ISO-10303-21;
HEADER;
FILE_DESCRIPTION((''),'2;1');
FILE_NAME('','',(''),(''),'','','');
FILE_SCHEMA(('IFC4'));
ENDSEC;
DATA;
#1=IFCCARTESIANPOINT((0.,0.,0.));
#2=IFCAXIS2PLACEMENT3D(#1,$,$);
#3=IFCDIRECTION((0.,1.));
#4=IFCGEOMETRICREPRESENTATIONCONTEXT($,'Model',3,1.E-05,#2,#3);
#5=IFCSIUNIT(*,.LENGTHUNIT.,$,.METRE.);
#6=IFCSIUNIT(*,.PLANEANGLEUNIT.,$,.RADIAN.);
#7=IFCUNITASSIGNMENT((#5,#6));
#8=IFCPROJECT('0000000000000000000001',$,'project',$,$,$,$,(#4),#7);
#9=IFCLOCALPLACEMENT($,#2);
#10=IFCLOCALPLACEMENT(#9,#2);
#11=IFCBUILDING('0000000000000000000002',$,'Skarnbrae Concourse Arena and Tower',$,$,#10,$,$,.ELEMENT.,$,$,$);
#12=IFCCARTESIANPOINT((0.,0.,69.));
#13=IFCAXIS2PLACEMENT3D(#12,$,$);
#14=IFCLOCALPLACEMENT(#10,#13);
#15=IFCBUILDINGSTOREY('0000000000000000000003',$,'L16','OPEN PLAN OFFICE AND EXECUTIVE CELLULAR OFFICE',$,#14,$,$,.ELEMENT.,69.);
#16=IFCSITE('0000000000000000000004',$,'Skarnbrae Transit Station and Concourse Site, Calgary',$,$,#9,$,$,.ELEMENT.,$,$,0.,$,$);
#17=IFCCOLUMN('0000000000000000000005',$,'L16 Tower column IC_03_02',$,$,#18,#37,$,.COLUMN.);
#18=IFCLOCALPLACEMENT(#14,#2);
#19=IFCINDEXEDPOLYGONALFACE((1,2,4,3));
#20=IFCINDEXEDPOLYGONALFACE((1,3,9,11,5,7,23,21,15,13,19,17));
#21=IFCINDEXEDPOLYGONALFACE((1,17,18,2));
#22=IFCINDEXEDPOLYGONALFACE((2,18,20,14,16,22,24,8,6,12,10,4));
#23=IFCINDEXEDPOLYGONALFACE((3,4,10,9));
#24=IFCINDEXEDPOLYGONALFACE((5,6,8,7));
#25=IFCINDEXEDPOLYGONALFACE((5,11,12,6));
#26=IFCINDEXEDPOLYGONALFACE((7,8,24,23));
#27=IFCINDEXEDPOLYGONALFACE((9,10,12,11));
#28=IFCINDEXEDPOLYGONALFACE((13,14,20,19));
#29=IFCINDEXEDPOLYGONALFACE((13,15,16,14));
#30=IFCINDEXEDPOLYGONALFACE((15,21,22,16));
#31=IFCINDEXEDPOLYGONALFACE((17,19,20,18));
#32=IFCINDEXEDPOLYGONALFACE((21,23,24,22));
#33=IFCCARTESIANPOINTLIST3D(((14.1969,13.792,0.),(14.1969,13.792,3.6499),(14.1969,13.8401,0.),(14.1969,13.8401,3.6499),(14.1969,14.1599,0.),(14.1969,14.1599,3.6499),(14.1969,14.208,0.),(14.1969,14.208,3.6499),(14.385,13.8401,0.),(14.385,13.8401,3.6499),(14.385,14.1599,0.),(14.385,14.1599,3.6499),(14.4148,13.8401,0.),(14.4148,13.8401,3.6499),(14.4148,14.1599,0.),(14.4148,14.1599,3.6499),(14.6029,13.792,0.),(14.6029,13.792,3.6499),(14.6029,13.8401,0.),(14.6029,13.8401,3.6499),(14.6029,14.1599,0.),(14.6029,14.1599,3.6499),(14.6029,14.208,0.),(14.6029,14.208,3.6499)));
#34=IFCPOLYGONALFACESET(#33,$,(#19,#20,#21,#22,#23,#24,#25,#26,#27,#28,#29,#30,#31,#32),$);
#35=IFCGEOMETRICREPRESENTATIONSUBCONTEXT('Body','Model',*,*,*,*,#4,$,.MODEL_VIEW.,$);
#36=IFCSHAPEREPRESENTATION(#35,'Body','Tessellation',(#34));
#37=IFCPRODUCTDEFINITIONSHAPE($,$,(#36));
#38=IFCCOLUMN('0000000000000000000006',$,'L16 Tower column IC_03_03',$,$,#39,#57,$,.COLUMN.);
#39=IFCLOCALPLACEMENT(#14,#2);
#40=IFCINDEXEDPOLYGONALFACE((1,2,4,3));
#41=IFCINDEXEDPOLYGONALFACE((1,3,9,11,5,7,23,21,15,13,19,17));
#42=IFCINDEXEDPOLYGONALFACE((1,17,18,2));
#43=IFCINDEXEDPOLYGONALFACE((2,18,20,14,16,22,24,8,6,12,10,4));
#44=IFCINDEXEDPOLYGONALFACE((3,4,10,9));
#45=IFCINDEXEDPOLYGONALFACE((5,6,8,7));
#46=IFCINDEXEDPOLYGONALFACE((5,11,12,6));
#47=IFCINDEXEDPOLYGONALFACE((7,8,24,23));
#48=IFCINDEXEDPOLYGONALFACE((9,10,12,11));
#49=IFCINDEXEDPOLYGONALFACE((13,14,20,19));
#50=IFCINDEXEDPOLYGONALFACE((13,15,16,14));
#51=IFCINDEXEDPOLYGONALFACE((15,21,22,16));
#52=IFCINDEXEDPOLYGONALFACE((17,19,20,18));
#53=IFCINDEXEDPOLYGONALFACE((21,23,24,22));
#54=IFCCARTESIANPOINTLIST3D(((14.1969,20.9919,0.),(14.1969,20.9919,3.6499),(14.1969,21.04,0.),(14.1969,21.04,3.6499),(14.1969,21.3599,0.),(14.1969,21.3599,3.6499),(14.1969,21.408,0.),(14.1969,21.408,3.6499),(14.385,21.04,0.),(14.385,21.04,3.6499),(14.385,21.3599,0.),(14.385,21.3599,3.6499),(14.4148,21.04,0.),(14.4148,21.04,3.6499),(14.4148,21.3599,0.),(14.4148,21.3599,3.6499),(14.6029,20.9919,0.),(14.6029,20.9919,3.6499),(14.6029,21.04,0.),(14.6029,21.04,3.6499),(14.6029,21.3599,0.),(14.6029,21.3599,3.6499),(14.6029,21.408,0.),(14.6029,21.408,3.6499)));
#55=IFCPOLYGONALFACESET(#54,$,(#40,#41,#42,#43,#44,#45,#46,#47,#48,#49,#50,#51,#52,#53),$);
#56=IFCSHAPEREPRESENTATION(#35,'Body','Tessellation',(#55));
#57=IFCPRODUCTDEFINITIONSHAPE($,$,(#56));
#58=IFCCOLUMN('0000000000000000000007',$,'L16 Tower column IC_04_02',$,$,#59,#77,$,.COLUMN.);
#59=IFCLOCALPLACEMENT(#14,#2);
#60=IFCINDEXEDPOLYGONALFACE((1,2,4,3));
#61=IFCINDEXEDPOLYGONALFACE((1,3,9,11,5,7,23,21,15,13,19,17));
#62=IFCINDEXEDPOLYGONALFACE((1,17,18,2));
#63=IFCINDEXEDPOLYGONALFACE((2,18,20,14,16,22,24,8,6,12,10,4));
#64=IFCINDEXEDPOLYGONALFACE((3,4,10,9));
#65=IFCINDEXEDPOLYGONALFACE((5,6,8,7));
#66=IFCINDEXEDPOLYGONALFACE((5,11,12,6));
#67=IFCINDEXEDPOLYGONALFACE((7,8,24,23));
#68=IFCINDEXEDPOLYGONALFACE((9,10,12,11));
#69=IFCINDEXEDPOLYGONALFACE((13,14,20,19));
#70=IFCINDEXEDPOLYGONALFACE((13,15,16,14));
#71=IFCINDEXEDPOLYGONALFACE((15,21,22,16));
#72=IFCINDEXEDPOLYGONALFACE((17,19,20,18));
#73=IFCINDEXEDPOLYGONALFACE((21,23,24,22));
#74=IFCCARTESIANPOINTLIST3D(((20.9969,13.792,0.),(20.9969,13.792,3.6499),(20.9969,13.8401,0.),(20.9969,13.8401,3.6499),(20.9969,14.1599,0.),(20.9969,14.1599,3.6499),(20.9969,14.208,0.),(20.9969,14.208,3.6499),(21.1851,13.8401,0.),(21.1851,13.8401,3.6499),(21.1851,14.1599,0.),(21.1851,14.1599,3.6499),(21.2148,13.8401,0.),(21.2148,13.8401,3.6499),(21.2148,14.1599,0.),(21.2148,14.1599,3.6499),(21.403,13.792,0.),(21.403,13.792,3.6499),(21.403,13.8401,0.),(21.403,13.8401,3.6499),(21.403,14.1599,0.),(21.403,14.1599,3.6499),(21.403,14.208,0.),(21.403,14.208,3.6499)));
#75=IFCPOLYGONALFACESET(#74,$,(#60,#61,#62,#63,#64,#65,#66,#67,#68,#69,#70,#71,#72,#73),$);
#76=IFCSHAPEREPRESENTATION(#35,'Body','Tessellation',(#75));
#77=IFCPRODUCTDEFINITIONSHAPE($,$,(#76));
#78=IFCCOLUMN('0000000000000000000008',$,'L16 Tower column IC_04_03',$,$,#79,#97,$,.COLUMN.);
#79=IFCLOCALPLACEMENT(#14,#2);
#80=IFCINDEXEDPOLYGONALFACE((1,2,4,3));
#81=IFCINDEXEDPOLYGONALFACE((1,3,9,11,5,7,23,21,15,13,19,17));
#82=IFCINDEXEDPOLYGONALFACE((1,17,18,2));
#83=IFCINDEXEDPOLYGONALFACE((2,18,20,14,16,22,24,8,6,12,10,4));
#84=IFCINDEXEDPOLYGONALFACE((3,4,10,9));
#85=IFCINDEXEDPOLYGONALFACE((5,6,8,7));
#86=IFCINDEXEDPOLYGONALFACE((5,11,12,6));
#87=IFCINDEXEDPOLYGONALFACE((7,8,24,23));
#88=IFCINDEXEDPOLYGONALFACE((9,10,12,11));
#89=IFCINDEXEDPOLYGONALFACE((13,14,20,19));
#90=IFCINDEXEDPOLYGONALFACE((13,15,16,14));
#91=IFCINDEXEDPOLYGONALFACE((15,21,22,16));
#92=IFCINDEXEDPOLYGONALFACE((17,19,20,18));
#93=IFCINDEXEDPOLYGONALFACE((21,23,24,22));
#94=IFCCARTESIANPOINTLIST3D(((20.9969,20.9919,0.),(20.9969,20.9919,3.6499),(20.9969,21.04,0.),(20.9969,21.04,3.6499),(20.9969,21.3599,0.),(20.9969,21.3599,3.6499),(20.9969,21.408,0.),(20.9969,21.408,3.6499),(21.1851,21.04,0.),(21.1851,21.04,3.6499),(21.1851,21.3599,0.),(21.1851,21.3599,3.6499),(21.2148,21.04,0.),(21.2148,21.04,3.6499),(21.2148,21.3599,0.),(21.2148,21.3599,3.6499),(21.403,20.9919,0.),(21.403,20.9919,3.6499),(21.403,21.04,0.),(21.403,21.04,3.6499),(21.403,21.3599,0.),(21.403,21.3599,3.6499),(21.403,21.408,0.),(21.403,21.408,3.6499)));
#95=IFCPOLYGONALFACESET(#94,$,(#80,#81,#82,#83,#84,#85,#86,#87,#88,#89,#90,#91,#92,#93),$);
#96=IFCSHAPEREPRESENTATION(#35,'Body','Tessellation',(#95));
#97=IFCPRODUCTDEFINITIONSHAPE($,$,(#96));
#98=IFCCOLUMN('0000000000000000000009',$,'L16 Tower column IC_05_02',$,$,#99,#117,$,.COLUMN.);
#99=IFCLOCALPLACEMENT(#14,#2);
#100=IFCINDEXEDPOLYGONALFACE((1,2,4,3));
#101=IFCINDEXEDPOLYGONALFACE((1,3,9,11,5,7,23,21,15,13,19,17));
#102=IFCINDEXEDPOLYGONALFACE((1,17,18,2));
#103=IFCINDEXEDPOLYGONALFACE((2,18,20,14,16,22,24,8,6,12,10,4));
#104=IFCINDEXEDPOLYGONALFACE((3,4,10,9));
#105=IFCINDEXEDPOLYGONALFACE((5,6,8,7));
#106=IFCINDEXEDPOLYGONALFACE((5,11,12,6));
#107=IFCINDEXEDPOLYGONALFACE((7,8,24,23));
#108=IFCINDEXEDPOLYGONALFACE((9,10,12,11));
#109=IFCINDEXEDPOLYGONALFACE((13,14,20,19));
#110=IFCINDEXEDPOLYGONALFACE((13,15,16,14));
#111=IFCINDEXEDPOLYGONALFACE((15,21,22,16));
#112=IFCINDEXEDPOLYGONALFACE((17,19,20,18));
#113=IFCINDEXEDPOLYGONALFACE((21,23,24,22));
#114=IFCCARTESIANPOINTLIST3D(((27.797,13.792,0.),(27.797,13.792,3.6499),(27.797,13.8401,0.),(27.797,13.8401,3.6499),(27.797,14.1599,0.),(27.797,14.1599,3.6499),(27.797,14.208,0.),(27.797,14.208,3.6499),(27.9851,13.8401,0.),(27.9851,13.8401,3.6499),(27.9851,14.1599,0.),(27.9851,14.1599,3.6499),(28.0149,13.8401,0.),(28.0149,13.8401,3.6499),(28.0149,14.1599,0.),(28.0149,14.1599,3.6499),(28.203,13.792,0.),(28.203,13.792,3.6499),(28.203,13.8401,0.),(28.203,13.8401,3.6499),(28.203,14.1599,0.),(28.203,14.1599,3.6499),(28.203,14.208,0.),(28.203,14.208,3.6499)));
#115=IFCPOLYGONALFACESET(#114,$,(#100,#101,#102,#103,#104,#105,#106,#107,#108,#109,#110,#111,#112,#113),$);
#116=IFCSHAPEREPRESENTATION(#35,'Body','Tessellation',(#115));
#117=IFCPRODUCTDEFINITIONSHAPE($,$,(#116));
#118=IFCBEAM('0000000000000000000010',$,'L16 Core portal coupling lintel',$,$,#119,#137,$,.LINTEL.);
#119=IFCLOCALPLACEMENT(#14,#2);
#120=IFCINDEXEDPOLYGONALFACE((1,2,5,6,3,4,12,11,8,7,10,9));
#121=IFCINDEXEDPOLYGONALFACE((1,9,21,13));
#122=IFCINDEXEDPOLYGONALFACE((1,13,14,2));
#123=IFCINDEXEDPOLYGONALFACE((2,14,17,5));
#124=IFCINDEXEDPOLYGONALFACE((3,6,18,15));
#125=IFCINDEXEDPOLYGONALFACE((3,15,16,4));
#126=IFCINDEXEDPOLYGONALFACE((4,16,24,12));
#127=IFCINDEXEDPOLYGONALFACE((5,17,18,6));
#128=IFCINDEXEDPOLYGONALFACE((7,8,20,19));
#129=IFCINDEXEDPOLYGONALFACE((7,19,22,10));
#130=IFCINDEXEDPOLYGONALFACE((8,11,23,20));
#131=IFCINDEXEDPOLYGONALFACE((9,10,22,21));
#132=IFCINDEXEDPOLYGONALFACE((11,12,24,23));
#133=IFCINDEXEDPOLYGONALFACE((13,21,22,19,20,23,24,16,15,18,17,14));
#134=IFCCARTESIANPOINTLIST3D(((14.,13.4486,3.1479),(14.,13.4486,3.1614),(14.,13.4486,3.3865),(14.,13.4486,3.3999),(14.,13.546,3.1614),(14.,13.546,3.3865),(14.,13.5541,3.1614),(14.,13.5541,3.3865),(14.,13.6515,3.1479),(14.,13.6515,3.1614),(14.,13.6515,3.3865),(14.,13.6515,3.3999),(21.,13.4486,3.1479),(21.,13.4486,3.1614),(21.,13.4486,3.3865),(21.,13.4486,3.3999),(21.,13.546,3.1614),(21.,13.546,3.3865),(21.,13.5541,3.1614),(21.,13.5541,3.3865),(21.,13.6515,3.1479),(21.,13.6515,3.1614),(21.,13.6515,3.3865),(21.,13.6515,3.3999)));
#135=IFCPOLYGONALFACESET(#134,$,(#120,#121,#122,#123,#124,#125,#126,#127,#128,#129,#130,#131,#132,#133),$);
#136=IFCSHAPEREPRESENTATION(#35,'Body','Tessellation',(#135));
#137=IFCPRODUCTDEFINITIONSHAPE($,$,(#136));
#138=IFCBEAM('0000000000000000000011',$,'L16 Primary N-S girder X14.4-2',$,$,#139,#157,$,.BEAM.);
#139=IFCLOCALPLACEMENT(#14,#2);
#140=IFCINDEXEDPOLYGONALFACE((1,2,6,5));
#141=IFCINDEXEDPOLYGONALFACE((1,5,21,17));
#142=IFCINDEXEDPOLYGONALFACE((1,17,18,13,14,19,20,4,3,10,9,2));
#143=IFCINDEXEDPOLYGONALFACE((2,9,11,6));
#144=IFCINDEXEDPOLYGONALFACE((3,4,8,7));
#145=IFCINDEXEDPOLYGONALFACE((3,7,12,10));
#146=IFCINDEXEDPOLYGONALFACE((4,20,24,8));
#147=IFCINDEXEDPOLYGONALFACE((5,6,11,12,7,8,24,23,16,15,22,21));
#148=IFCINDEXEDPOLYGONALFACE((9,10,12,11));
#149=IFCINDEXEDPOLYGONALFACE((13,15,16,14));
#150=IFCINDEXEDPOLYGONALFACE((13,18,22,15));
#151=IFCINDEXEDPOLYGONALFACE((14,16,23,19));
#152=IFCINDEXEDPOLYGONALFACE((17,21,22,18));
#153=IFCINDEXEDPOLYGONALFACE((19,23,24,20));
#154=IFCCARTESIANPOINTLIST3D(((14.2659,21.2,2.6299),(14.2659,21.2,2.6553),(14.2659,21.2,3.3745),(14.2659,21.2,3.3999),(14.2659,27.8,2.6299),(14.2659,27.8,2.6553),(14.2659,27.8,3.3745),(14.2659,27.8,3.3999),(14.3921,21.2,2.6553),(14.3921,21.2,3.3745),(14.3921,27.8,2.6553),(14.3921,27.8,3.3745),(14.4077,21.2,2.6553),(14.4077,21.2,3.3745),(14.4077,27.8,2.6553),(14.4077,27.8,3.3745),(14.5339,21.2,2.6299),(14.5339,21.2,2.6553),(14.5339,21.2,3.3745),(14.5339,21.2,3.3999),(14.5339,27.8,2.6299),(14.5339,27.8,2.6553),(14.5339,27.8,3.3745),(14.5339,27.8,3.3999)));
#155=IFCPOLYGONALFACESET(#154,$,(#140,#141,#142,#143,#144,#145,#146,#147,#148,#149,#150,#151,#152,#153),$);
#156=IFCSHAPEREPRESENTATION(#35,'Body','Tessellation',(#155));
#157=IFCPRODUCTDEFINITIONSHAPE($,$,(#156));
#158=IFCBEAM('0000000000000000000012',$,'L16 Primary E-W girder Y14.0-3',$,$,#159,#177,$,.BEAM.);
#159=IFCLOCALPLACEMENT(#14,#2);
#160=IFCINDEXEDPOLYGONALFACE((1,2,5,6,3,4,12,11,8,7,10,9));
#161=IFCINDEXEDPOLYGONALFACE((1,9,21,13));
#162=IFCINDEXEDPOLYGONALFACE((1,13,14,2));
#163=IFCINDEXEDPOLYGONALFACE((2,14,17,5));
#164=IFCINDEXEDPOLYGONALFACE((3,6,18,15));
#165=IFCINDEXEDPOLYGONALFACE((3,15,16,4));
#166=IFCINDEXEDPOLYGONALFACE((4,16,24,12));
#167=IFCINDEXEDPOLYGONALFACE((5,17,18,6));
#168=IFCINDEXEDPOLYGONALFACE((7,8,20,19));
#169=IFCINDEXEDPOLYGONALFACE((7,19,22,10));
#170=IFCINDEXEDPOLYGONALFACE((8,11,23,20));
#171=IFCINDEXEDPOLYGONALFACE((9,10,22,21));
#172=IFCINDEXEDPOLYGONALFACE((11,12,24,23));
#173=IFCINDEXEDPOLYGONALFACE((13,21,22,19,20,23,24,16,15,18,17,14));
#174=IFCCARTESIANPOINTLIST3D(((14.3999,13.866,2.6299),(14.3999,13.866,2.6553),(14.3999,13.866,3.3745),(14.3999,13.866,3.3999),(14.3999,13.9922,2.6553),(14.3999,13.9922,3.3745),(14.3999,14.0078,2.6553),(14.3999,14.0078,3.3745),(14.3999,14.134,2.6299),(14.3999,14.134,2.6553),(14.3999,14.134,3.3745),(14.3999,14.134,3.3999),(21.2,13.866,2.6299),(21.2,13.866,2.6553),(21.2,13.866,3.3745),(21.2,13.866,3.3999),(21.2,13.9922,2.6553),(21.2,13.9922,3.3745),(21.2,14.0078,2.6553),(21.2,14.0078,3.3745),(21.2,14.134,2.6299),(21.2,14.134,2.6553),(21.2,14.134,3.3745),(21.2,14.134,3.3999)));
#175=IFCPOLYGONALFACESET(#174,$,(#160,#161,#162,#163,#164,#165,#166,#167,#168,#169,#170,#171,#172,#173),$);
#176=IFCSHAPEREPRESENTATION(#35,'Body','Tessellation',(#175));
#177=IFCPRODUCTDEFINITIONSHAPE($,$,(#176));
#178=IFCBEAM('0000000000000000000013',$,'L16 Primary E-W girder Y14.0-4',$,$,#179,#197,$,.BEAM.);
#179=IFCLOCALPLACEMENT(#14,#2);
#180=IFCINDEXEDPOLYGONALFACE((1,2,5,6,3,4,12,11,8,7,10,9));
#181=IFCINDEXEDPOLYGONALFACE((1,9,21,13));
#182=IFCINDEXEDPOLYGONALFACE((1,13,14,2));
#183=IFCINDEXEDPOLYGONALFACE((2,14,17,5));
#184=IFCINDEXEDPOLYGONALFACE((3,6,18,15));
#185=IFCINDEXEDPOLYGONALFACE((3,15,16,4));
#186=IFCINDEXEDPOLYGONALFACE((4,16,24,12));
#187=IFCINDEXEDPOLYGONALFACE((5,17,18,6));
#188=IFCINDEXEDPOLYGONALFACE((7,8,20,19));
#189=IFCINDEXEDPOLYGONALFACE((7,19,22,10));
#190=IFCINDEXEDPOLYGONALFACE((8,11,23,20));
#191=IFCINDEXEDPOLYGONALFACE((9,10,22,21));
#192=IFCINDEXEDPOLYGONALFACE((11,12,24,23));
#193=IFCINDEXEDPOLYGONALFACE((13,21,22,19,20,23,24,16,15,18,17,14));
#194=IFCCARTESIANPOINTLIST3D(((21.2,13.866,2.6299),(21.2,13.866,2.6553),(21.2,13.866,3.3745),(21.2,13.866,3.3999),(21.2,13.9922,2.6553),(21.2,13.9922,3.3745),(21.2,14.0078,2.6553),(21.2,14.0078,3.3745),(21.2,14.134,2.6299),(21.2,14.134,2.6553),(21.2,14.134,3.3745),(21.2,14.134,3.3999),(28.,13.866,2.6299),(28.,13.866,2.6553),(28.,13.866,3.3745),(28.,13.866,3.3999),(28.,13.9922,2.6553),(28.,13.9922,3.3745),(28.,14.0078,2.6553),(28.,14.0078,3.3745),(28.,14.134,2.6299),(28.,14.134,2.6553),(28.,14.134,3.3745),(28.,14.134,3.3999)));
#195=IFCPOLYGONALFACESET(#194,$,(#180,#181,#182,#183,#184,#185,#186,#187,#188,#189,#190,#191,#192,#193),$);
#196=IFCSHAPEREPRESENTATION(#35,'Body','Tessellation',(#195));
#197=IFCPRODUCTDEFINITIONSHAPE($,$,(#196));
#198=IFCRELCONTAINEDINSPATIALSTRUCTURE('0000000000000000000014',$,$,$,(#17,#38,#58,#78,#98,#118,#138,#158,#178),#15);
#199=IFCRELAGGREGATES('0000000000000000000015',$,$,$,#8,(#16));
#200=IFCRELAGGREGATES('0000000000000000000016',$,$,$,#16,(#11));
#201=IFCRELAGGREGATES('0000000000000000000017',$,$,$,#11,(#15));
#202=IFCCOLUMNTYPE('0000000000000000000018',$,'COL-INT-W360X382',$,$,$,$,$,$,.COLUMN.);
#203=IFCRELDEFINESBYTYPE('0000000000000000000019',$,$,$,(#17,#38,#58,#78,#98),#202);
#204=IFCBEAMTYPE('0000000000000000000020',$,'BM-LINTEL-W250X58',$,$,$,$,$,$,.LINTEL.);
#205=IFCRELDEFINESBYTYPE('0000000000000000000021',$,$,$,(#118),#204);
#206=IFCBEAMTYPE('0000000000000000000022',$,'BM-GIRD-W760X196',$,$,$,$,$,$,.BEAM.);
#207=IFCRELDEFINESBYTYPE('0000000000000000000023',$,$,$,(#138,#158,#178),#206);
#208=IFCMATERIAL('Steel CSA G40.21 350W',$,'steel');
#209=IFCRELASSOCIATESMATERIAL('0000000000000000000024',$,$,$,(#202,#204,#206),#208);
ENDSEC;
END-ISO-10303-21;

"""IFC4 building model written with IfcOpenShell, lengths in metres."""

from ifc_helpers import new_model, si_unit, direction, frame, origin, origin_2d, place, context, subcontext, project, spatial, i_section, extrude, source, transform, mapped, material, material_profile, profile_set, type_object, element, save


model = new_model("IFC4")

# Units and contexts
model_context = context("Model", 3, precision=1e-05, world=origin(), true_north=direction((0.0, 1.0)))
body_context = subcontext(model_context, "Body", "Model", "MODEL_VIEW")
ifc_project = project(units=[si_unit("LENGTHUNIT", "METRE"), si_unit("PLANEANGLEUNIT", "RADIAN")], contexts=[model_context])

# Site, building, storey
site_placement = place(None, origin())
site = spatial("IfcSite", under=ifc_project, at=site_placement, Name="Skarnbrae Transit Station and Concourse Site, Calgary", CompositionType="ELEMENT", RefElevation=0.0)
building_placement = place(site_placement, origin())
building = spatial("IfcBuilding", under=site, at=building_placement, Name="Skarnbrae Concourse Arena and Tower", CompositionType="ELEMENT")
storey_placement = place(building_placement, frame((0.0, 0.0, 69.0)))
storey = spatial("IfcBuildingStorey", under=building, at=storey_placement, Name="L16", Description="OPEN PLAN OFFICE AND EXECUTIVE CELLULAR OFFICE", CompositionType="ELEMENT", Elevation=69.0)

# Columns
ifc_material_1 = material(Name="Steel CSA G40.21 350W", Category="steel")
ifc_material_profile_1 = material_profile(ifc_material_1, i_section(OverallWidth=0.406, OverallDepth=0.416, WebThickness=0.0298, FlangeThickness=0.0481, at=origin_2d()), Name="W360X382")
ifc_profile_set_1 = profile_set([ifc_material_profile_1], Name="Steel CSA G40.21 350W")
column_type = type_object("IfcColumnType", Name="COL-INT-W360X382", PredefinedType="COLUMN", material=ifc_profile_set_1)
shared_shape_1 = source(origin(), body_context, "Body", "SweptSolid", [
    extrude(i_section(OverallWidth=0.406, OverallDepth=0.416, WebThickness=0.0298, FlangeThickness=0.0481, at=origin_2d()), origin(), (0.0, 0.0, 1.0), 3.6499),
])
for number, where, z_axis, x_axis, name in (
    (1, (14.3999, 14.0, 0.0), (0.0, 0.0, 1.0), (1.0, 0.0, 0.0), "L16 Tower column IC_03_02"),
    (2, (14.3999, 21.2, 0.0), (0.0, 0.0, 1.0), (1.0, 0.0, 0.0), "L16 Tower column IC_03_03"),
    (3, (21.2, 14.0, 0.0), (0.0, 0.0, 1.0), (1.0, 0.0, 0.0), "L16 Tower column IC_04_02"),
    (4, (21.2, 21.2, 0.0), (0.0, 0.0, 1.0), (1.0, 0.0, 0.0), "L16 Tower column IC_04_03"),
    (5, (28.0, 14.0, 0.0), (0.0, 0.0, 1.0), (1.0, 0.0, 0.0), "L16 Tower column IC_05_02"),
):
    element("IfcColumn", number, at=place(storey_placement, frame(where, z_axis=z_axis, x_axis=x_axis)), inside=storey, type_object=column_type, Name=name, PredefinedType="COLUMN", context=body_context, shape_type="MappedRepresentation", body=[
        mapped(shared_shape_1, transform((0.0, 0.0, 0.0))),
    ])

# Beams
ifc_material_profile_2 = material_profile(ifc_material_1, i_section(OverallWidth=0.2029, OverallDepth=0.252, WebThickness=0.0081, FlangeThickness=0.0134, at=origin_2d()), Name="W250X58")
ifc_profile_set_2 = profile_set([ifc_material_profile_2], Name="Steel CSA G40.21 350W")
beam_type_1 = type_object("IfcBeamType", Name="BM-LINTEL-W250X58", PredefinedType="LINTEL", material=ifc_profile_set_2)
shared_shape_2 = source(origin(), body_context, "Body", "SweptSolid", [
    extrude(i_section(OverallWidth=0.2029, OverallDepth=0.252, WebThickness=0.0081, FlangeThickness=0.0134, at=origin_2d()), origin(), (0.0, 0.0, 1.0), 7.0),
])
beam_1_placement = place(storey_placement, frame((14.0, 13.55, 3.2739), z_axis=(1.0, 0.0, 0.0), x_axis=(0.0, 1.0, 0.0)))
element("IfcBeam", 6, at=beam_1_placement, inside=storey, type_object=beam_type_1, Name="L16 Core portal coupling lintel", PredefinedType="LINTEL", context=body_context, shape_type="MappedRepresentation", body=[
    mapped(shared_shape_2, transform((0.0, 0.0, 0.0))),
])
ifc_material_profile_3 = material_profile(ifc_material_1, i_section(OverallWidth=0.2681, OverallDepth=0.77, WebThickness=0.0156, FlangeThickness=0.0254, at=origin_2d()), Name="W760X196")
ifc_profile_set_3 = profile_set([ifc_material_profile_3], Name="Steel CSA G40.21 350W")
beam_type_2 = type_object("IfcBeamType", Name="BM-GIRD-W760X196", PredefinedType="BEAM", material=ifc_profile_set_3)
shared_shape_3 = source(origin(), body_context, "Body", "SweptSolid", [
    extrude(i_section(OverallWidth=0.2681, OverallDepth=0.77, WebThickness=0.0156, FlangeThickness=0.0254, at=origin_2d()), origin(), (0.0, 0.0, 1.0), 6.6001),
])
beam_2_placement = place(storey_placement, frame((14.3999, 21.2, 3.0149), z_axis=(0.0, 1.0, 0.0), x_axis=(-1.0, 0.0, 0.0)))
element("IfcBeam", 7, at=beam_2_placement, inside=storey, type_object=beam_type_2, Name="L16 Primary N-S girder X14.4-2", PredefinedType="BEAM", context=body_context, shape_type="MappedRepresentation", body=[
    mapped(shared_shape_3, transform((0.0, 0.0, 0.0))),
])
shared_shape_4 = source(origin(), body_context, "Body", "SweptSolid", [
    extrude(i_section(OverallWidth=0.2681, OverallDepth=0.77, WebThickness=0.0156, FlangeThickness=0.0254, at=origin_2d()), origin(), (0.0, 0.0, 1.0), 6.8),
])
for number, where, z_axis, x_axis, name in (
    (8, (14.3999, 14.0, 3.0149), (1.0, 0.0, 0.0), (0.0, 1.0, 0.0), "L16 Primary E-W girder Y14.0-3"),
    (9, (21.2, 14.0, 3.0149), (1.0, 0.0, 0.0), (0.0, 1.0, 0.0), "L16 Primary E-W girder Y14.0-4"),
):
    element("IfcBeam", number, at=place(storey_placement, frame(where, z_axis=z_axis, x_axis=x_axis)), inside=storey, type_object=beam_type_2, Name=name, PredefinedType="BEAM", context=body_context, shape_type="MappedRepresentation", body=[
        mapped(shared_shape_4, transform((0.0, 0.0, 0.0))),
    ])

save(model, "model.ifc")
